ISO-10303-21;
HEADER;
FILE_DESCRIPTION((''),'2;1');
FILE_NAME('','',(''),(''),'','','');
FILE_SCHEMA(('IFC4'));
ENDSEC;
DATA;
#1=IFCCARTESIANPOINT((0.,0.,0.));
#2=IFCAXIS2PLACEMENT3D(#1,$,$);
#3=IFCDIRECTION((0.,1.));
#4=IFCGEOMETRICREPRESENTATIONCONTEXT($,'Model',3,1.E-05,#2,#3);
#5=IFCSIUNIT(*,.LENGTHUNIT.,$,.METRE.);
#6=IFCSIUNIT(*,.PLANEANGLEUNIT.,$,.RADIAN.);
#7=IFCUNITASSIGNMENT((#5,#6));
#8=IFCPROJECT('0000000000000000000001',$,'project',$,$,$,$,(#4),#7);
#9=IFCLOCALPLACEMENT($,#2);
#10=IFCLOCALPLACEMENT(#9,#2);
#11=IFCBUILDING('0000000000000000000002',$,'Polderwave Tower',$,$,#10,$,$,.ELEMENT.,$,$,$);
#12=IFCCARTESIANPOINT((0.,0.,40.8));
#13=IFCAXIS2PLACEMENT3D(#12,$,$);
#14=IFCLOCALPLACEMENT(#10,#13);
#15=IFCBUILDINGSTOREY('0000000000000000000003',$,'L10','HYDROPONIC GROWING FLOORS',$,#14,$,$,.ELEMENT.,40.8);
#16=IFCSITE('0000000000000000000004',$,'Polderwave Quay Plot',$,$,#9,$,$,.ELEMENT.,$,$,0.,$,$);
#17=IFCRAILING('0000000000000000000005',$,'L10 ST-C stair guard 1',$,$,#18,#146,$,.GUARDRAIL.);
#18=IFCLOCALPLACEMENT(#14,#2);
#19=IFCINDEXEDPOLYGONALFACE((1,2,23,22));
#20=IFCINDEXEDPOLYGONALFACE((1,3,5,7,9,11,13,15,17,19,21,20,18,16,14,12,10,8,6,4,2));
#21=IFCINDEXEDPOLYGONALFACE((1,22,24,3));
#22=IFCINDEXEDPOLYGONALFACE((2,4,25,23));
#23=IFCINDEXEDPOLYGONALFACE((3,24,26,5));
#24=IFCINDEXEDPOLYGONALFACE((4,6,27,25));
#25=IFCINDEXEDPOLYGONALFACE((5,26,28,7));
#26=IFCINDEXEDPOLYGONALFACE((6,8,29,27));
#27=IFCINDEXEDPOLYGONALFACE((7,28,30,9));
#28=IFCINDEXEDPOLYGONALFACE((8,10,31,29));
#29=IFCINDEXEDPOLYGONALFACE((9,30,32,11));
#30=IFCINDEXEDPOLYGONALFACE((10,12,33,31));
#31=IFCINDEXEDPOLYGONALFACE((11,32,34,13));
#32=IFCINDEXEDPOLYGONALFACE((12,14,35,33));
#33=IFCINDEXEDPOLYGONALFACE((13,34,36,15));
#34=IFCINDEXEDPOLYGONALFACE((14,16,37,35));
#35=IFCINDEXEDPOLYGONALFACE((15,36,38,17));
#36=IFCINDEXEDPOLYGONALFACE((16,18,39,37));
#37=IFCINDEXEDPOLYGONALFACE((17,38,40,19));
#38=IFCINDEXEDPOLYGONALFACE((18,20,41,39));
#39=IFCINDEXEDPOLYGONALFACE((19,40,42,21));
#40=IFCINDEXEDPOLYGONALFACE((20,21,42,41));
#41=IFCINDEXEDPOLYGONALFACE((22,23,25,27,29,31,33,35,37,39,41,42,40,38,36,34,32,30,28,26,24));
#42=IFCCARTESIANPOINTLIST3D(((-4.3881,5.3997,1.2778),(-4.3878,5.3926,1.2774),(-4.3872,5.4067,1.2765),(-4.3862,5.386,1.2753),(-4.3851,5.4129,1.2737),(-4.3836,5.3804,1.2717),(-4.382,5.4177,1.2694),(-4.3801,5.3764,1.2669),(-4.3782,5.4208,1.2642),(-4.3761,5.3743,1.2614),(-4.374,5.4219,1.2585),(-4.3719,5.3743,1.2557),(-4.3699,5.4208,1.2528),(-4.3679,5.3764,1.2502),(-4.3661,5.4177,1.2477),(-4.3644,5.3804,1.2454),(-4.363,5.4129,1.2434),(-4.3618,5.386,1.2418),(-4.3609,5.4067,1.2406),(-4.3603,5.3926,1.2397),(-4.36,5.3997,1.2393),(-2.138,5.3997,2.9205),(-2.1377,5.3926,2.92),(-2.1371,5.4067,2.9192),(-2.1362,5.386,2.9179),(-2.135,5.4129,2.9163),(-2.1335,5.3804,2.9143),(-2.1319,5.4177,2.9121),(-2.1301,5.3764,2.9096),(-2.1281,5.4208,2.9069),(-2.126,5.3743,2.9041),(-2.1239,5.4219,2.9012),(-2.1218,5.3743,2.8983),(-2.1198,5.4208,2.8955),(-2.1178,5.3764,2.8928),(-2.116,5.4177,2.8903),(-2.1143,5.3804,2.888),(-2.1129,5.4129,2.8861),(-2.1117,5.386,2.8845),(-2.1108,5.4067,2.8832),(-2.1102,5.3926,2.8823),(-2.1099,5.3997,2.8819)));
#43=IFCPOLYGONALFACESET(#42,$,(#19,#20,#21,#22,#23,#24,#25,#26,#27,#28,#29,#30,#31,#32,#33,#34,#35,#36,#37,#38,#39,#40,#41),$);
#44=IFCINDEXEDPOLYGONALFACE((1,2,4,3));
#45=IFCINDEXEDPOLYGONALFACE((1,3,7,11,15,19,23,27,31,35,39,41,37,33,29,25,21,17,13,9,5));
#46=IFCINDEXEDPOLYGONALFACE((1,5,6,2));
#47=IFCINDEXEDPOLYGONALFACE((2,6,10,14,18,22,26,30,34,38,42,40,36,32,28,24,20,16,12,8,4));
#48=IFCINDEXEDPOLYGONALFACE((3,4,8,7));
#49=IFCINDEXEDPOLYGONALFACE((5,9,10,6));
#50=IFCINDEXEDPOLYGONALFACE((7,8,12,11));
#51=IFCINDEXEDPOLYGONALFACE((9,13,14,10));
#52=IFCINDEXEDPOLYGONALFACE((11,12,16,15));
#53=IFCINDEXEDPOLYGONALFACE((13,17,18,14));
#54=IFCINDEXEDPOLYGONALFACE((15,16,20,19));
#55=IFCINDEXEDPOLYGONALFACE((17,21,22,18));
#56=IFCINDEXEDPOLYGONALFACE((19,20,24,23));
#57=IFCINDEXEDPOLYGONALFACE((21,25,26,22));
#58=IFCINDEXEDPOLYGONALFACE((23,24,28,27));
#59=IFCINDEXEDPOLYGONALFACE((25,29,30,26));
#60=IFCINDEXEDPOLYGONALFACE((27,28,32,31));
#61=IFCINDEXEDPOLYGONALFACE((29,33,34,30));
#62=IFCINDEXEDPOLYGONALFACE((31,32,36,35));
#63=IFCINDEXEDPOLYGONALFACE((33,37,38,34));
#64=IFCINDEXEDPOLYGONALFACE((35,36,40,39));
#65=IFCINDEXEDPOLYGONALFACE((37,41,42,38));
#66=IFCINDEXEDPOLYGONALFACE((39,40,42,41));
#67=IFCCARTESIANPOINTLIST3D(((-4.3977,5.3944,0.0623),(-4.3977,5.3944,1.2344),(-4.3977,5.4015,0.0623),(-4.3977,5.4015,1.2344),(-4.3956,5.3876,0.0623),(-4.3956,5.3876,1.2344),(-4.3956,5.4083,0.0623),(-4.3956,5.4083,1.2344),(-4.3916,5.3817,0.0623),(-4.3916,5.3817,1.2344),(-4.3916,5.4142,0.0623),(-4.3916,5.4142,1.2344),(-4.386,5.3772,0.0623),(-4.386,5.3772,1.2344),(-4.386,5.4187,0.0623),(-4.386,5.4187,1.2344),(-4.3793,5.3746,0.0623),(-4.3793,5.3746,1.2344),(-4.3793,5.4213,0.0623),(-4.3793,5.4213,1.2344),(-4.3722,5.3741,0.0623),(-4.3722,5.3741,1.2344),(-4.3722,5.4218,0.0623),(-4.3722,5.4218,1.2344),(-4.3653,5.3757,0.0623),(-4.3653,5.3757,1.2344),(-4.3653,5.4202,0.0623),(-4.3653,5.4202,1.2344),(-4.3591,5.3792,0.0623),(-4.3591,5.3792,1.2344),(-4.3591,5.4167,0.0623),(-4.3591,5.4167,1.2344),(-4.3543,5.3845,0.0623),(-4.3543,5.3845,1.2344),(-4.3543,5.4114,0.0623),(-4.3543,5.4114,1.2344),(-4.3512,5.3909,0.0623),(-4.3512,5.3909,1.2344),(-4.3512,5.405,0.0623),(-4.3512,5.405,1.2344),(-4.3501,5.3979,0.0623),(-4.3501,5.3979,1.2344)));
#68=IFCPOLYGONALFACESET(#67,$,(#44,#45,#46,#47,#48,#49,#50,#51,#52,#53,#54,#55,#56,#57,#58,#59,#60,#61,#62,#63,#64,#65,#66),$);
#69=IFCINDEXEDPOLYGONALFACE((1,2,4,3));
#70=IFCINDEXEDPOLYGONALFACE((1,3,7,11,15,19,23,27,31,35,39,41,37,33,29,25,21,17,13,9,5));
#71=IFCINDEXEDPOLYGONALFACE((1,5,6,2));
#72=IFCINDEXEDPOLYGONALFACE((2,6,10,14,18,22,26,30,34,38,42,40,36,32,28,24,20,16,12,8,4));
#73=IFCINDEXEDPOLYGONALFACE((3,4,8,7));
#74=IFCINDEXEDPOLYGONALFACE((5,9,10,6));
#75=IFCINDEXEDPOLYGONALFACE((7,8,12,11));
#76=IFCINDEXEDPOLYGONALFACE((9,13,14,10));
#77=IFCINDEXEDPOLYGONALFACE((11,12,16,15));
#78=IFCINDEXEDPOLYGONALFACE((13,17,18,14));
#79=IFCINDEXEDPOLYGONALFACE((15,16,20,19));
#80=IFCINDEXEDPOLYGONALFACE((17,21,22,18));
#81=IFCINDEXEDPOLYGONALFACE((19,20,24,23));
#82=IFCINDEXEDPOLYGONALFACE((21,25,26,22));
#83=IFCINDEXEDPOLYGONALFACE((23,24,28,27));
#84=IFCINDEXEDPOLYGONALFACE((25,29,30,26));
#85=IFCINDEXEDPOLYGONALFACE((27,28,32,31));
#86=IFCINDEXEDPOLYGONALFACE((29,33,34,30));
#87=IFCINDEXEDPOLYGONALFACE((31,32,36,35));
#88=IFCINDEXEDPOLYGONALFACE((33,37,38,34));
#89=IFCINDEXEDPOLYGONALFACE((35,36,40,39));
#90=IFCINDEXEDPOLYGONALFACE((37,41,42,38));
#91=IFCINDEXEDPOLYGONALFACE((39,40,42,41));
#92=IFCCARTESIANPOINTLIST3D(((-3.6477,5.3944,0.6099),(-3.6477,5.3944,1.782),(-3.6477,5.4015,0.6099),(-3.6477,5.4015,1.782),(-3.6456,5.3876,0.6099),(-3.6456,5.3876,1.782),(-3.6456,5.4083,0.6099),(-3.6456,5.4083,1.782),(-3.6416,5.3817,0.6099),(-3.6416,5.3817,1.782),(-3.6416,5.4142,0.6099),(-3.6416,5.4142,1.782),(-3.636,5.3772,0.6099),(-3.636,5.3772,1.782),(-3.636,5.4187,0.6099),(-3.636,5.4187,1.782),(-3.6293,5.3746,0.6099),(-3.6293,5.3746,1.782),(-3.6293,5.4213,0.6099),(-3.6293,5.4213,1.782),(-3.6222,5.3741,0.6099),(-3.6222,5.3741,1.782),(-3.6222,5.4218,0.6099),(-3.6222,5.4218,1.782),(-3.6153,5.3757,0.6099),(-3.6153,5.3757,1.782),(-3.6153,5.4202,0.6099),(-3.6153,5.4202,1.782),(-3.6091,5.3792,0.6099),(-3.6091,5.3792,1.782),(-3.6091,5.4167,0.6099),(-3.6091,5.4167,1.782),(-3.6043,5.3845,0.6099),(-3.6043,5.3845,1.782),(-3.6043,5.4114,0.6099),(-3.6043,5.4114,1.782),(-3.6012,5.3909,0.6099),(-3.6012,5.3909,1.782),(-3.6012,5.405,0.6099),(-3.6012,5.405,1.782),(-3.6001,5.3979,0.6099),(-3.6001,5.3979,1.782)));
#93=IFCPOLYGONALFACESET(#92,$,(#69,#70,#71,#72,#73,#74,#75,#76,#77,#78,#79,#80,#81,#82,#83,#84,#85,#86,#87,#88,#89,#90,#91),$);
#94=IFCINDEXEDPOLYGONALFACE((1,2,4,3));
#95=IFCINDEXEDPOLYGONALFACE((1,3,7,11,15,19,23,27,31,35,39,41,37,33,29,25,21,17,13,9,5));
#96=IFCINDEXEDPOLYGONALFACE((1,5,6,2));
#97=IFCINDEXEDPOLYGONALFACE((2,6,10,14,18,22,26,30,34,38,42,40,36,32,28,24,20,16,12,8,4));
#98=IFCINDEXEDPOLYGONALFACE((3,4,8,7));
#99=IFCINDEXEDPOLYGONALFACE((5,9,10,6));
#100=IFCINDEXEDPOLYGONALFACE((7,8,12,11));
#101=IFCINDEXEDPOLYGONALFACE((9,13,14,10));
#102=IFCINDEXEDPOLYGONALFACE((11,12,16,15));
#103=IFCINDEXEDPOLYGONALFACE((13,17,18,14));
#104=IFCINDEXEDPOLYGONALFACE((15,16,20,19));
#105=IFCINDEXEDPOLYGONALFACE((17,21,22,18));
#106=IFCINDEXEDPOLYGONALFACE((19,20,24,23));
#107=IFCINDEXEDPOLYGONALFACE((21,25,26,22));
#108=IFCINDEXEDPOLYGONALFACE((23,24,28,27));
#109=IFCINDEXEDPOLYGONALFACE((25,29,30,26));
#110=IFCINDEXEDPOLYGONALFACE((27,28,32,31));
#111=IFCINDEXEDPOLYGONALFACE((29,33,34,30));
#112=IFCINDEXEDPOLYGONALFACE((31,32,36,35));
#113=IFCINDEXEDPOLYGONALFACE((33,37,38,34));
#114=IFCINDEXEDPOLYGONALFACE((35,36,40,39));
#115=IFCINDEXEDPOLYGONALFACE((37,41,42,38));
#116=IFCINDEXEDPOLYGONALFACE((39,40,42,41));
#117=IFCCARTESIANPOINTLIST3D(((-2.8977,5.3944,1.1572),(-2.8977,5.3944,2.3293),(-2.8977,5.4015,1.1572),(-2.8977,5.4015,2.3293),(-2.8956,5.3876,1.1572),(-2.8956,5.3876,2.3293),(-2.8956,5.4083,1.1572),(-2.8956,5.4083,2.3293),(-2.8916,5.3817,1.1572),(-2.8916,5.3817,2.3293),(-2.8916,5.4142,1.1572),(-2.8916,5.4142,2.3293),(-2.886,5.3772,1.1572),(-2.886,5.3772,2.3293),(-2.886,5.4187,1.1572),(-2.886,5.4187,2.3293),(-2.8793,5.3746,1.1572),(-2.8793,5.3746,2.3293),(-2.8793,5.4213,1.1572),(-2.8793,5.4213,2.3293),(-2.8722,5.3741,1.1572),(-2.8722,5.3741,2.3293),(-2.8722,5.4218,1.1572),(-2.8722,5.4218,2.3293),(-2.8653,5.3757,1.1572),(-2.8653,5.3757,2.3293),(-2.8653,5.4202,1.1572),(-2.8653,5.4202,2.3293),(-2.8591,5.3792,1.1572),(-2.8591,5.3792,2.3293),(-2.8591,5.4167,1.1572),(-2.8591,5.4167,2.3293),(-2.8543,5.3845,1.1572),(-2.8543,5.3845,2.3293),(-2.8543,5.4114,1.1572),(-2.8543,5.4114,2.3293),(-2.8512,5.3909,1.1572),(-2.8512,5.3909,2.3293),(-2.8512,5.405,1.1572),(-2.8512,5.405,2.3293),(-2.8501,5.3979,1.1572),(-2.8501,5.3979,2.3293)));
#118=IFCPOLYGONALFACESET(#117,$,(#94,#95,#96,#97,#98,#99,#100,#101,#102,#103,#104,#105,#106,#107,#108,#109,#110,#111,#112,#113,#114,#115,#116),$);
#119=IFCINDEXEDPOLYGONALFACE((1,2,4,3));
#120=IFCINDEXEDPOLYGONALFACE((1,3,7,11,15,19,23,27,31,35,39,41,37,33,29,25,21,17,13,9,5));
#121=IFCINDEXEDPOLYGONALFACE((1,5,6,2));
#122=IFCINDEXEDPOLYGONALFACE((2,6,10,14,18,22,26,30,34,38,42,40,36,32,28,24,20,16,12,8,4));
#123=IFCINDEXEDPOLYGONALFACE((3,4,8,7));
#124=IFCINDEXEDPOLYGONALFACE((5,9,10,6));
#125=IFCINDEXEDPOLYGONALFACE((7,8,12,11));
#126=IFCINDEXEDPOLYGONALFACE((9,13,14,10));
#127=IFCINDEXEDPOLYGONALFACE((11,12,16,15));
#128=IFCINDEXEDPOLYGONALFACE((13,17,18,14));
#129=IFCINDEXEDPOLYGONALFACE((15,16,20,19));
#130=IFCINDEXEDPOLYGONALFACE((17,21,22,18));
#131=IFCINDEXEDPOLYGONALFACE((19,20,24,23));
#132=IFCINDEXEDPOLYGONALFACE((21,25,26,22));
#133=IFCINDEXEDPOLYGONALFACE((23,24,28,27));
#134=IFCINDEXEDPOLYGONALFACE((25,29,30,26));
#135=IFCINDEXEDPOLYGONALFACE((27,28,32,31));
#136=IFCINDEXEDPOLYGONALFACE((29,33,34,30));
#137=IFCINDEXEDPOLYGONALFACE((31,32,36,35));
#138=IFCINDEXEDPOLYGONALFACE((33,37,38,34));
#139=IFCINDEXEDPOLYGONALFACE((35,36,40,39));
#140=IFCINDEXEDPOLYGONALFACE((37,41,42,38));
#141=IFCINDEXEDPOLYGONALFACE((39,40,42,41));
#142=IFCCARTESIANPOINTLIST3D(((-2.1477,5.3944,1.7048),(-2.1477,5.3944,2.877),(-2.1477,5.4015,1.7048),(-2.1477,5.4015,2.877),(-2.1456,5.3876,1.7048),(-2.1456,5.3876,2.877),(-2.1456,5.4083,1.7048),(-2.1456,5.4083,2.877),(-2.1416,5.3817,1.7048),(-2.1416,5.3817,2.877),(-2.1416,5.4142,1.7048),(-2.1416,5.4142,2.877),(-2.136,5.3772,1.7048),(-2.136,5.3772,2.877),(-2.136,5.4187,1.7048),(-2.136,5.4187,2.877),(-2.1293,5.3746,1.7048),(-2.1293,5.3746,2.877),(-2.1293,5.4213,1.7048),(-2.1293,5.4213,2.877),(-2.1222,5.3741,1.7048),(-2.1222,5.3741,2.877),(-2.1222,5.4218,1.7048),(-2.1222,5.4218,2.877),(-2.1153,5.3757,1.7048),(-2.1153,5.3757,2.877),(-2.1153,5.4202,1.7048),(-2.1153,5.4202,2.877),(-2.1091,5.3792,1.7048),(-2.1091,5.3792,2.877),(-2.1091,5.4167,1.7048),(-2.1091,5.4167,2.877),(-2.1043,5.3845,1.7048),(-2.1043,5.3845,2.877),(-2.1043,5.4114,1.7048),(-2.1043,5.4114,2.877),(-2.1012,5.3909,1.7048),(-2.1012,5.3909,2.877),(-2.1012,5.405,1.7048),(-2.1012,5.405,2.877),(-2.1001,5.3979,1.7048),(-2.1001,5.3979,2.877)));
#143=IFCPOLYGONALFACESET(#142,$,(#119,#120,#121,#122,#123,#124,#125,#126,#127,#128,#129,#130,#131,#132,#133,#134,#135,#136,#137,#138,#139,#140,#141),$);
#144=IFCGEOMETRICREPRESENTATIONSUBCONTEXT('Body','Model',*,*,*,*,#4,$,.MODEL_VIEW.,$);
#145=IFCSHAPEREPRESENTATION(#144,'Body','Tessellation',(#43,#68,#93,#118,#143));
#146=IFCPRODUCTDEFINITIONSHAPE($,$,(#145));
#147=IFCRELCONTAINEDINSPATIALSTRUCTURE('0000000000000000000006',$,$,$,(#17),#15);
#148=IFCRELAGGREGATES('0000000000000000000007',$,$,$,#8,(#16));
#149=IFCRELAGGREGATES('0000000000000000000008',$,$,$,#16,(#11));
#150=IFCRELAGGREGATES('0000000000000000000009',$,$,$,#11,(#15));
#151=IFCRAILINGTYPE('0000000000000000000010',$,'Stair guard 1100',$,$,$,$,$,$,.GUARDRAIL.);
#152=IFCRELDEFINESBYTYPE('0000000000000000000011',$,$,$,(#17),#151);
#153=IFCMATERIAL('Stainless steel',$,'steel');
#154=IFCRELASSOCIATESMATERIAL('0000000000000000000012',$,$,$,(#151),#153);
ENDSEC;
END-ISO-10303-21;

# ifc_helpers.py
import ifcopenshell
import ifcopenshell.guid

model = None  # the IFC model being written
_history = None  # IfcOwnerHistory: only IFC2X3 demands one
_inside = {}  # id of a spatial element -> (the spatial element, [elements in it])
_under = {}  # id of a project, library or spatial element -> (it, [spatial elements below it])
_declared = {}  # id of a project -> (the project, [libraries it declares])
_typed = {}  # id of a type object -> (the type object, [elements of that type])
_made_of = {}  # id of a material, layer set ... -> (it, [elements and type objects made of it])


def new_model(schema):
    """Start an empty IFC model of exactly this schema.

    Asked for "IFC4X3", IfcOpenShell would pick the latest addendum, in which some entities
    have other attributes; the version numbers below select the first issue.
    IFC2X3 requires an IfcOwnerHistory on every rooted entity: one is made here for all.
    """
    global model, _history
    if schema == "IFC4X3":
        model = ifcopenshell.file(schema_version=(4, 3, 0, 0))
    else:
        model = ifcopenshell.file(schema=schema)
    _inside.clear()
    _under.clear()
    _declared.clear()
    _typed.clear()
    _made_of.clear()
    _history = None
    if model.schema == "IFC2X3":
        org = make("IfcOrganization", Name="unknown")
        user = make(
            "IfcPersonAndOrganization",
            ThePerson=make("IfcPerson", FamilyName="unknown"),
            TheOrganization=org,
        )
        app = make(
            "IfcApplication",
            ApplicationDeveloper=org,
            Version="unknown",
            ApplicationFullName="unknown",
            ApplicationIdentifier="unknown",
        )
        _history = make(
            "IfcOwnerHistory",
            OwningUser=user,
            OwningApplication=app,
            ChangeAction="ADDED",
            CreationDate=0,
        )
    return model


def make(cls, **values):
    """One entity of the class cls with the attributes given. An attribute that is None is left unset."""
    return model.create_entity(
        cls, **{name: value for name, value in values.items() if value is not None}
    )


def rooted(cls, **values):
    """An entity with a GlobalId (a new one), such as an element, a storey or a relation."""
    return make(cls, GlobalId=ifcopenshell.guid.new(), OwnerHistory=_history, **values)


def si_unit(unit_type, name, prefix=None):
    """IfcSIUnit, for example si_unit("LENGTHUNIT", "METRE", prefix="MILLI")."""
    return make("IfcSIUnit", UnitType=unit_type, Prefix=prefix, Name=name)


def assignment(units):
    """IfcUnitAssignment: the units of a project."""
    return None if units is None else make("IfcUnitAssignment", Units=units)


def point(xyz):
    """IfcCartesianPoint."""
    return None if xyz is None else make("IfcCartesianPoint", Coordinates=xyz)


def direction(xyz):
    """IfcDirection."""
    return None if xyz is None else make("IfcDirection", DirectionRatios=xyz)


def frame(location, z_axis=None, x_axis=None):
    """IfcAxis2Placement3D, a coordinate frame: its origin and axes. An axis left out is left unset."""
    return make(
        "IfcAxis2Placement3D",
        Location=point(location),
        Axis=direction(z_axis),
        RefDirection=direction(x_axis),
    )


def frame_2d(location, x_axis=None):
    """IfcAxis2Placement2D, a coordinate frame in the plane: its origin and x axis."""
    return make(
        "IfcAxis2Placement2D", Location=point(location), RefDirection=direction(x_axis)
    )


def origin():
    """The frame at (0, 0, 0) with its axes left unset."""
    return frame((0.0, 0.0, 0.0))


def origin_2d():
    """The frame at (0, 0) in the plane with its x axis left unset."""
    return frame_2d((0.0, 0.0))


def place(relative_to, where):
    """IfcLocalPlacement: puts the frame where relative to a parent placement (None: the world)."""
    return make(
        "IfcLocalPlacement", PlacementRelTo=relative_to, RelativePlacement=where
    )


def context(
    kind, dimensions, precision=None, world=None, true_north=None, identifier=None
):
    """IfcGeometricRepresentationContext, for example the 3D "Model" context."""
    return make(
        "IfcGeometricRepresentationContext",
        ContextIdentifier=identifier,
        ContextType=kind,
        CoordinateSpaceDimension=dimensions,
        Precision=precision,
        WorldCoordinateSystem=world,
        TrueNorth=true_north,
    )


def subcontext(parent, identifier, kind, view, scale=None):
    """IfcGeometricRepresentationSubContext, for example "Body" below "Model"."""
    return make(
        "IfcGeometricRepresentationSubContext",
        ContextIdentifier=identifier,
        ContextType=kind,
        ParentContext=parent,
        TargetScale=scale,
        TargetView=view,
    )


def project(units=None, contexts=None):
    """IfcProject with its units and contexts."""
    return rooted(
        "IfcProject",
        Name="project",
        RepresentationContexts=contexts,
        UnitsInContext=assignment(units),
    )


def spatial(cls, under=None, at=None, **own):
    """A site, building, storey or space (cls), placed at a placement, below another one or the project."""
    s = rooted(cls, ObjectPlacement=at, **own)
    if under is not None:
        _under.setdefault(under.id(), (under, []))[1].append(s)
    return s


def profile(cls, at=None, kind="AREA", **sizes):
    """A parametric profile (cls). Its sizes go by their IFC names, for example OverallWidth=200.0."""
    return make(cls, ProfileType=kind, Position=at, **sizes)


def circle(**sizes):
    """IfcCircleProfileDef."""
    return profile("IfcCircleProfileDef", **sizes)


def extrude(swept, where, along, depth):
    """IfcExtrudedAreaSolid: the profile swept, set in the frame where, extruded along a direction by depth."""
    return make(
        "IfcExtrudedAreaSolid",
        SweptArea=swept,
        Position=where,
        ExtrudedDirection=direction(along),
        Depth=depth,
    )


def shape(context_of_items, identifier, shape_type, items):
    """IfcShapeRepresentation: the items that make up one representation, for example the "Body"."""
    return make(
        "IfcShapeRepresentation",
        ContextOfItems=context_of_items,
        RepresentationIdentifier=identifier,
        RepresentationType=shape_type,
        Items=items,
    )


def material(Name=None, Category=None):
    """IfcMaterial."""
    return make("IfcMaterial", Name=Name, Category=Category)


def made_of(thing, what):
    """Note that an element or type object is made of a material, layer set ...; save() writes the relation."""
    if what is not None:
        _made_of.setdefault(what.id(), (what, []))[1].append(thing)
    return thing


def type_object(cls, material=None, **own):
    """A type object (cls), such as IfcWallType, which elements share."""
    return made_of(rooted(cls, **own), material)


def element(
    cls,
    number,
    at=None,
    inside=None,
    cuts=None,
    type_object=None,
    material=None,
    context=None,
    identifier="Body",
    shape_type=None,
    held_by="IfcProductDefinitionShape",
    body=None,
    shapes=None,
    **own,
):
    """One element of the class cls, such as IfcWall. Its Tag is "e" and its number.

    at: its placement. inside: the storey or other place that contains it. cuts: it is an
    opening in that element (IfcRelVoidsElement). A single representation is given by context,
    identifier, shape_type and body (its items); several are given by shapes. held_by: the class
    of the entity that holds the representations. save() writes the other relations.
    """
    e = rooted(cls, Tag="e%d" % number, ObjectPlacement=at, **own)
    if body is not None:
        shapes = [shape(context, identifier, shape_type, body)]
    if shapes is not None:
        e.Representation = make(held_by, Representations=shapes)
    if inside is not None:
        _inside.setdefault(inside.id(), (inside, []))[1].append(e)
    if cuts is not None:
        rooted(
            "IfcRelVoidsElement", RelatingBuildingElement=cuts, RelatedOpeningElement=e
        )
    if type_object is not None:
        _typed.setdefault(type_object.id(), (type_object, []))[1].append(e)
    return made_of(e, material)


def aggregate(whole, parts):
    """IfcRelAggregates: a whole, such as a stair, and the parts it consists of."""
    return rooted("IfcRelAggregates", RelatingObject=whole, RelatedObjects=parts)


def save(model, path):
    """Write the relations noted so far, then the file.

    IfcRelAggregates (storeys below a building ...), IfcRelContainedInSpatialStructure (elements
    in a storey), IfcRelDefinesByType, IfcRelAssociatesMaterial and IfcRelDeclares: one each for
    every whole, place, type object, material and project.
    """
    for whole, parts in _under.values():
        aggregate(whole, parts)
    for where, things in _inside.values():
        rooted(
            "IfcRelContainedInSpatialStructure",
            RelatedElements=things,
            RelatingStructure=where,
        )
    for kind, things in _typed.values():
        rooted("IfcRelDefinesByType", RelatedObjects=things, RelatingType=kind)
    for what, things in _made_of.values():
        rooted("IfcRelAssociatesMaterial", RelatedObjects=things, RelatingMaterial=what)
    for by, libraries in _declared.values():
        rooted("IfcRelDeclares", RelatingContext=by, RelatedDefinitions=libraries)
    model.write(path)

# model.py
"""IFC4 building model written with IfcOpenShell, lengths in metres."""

from ifc_helpers import new_model, si_unit, direction, frame, origin, origin_2d, place, context, subcontext, project, spatial, circle, extrude, material, type_object, element, save


model = new_model("IFC4")

# Units and contexts
model_context = context("Model", 3, precision=1e-05, world=origin(), true_north=direction((0.0, 1.0)))
body_context = subcontext(model_context, "Body", "Model", "MODEL_VIEW")
ifc_project = project(units=[si_unit("LENGTHUNIT", "METRE"), si_unit("PLANEANGLEUNIT", "RADIAN")], contexts=[model_context])

# Site, building, storey
site_placement = place(None, origin())
site = spatial("IfcSite", under=ifc_project, at=site_placement, Name="Polderwave Quay Plot", CompositionType="ELEMENT", RefElevation=0.0)
building_placement = place(site_placement, origin())
building = spatial("IfcBuilding", under=site, at=building_placement, Name="Polderwave Tower", CompositionType="ELEMENT")
storey_placement = place(building_placement, frame((0.0, 0.0, 40.8)))
storey = spatial("IfcBuildingStorey", under=building, at=storey_placement, Name="L10", Description="HYDROPONIC GROWING FLOORS", CompositionType="ELEMENT", Elevation=40.8)

# Railing
ifc_material_1 = material(Name="Stainless steel", Category="steel")
railing_type_1 = type_object("IfcRailingType", Name="Stair guard 1100", PredefinedType="GUARDRAIL", material=ifc_material_1)
railing_1_placement = place(storey_placement, frame((-4.374, 5.3979, 0.0623)))
element("IfcRailing", 1, at=railing_1_placement, inside=storey, type_object=railing_type_1, Name="L10 ST-C stair guard 1", PredefinedType="GUARDRAIL", context=body_context, shape_type="SweptSolid", body=[
    extrude(circle(Radius=0.0239, at=origin_2d()), frame((0.0, 0.0, 1.1963), z_axis=(0.807674, 0.0, 0.58963), x_axis=(0.0, 1.0, 0.0)), (0.0, 0.0, 1.0), 2.7859),
    extrude(circle(Radius=0.0239, at=origin_2d()), origin(), (0.0, 0.0, 1.0), 1.1721),
    extrude(circle(Radius=0.0239, at=origin_2d()), frame((0.75, 0.0, 0.5476)), (0.0, 0.0, 1.0), 1.1721),
    extrude(circle(Radius=0.0239, at=origin_2d()), frame((1.5, 0.0, 1.095)), (0.0, 0.0, 1.0), 1.1721),
    extrude(circle(Radius=0.0239, at=origin_2d()), frame((2.25, 0.0, 1.6426)), (0.0, 0.0, 1.0), 1.1721),
])

save(model, "model.ifc")
